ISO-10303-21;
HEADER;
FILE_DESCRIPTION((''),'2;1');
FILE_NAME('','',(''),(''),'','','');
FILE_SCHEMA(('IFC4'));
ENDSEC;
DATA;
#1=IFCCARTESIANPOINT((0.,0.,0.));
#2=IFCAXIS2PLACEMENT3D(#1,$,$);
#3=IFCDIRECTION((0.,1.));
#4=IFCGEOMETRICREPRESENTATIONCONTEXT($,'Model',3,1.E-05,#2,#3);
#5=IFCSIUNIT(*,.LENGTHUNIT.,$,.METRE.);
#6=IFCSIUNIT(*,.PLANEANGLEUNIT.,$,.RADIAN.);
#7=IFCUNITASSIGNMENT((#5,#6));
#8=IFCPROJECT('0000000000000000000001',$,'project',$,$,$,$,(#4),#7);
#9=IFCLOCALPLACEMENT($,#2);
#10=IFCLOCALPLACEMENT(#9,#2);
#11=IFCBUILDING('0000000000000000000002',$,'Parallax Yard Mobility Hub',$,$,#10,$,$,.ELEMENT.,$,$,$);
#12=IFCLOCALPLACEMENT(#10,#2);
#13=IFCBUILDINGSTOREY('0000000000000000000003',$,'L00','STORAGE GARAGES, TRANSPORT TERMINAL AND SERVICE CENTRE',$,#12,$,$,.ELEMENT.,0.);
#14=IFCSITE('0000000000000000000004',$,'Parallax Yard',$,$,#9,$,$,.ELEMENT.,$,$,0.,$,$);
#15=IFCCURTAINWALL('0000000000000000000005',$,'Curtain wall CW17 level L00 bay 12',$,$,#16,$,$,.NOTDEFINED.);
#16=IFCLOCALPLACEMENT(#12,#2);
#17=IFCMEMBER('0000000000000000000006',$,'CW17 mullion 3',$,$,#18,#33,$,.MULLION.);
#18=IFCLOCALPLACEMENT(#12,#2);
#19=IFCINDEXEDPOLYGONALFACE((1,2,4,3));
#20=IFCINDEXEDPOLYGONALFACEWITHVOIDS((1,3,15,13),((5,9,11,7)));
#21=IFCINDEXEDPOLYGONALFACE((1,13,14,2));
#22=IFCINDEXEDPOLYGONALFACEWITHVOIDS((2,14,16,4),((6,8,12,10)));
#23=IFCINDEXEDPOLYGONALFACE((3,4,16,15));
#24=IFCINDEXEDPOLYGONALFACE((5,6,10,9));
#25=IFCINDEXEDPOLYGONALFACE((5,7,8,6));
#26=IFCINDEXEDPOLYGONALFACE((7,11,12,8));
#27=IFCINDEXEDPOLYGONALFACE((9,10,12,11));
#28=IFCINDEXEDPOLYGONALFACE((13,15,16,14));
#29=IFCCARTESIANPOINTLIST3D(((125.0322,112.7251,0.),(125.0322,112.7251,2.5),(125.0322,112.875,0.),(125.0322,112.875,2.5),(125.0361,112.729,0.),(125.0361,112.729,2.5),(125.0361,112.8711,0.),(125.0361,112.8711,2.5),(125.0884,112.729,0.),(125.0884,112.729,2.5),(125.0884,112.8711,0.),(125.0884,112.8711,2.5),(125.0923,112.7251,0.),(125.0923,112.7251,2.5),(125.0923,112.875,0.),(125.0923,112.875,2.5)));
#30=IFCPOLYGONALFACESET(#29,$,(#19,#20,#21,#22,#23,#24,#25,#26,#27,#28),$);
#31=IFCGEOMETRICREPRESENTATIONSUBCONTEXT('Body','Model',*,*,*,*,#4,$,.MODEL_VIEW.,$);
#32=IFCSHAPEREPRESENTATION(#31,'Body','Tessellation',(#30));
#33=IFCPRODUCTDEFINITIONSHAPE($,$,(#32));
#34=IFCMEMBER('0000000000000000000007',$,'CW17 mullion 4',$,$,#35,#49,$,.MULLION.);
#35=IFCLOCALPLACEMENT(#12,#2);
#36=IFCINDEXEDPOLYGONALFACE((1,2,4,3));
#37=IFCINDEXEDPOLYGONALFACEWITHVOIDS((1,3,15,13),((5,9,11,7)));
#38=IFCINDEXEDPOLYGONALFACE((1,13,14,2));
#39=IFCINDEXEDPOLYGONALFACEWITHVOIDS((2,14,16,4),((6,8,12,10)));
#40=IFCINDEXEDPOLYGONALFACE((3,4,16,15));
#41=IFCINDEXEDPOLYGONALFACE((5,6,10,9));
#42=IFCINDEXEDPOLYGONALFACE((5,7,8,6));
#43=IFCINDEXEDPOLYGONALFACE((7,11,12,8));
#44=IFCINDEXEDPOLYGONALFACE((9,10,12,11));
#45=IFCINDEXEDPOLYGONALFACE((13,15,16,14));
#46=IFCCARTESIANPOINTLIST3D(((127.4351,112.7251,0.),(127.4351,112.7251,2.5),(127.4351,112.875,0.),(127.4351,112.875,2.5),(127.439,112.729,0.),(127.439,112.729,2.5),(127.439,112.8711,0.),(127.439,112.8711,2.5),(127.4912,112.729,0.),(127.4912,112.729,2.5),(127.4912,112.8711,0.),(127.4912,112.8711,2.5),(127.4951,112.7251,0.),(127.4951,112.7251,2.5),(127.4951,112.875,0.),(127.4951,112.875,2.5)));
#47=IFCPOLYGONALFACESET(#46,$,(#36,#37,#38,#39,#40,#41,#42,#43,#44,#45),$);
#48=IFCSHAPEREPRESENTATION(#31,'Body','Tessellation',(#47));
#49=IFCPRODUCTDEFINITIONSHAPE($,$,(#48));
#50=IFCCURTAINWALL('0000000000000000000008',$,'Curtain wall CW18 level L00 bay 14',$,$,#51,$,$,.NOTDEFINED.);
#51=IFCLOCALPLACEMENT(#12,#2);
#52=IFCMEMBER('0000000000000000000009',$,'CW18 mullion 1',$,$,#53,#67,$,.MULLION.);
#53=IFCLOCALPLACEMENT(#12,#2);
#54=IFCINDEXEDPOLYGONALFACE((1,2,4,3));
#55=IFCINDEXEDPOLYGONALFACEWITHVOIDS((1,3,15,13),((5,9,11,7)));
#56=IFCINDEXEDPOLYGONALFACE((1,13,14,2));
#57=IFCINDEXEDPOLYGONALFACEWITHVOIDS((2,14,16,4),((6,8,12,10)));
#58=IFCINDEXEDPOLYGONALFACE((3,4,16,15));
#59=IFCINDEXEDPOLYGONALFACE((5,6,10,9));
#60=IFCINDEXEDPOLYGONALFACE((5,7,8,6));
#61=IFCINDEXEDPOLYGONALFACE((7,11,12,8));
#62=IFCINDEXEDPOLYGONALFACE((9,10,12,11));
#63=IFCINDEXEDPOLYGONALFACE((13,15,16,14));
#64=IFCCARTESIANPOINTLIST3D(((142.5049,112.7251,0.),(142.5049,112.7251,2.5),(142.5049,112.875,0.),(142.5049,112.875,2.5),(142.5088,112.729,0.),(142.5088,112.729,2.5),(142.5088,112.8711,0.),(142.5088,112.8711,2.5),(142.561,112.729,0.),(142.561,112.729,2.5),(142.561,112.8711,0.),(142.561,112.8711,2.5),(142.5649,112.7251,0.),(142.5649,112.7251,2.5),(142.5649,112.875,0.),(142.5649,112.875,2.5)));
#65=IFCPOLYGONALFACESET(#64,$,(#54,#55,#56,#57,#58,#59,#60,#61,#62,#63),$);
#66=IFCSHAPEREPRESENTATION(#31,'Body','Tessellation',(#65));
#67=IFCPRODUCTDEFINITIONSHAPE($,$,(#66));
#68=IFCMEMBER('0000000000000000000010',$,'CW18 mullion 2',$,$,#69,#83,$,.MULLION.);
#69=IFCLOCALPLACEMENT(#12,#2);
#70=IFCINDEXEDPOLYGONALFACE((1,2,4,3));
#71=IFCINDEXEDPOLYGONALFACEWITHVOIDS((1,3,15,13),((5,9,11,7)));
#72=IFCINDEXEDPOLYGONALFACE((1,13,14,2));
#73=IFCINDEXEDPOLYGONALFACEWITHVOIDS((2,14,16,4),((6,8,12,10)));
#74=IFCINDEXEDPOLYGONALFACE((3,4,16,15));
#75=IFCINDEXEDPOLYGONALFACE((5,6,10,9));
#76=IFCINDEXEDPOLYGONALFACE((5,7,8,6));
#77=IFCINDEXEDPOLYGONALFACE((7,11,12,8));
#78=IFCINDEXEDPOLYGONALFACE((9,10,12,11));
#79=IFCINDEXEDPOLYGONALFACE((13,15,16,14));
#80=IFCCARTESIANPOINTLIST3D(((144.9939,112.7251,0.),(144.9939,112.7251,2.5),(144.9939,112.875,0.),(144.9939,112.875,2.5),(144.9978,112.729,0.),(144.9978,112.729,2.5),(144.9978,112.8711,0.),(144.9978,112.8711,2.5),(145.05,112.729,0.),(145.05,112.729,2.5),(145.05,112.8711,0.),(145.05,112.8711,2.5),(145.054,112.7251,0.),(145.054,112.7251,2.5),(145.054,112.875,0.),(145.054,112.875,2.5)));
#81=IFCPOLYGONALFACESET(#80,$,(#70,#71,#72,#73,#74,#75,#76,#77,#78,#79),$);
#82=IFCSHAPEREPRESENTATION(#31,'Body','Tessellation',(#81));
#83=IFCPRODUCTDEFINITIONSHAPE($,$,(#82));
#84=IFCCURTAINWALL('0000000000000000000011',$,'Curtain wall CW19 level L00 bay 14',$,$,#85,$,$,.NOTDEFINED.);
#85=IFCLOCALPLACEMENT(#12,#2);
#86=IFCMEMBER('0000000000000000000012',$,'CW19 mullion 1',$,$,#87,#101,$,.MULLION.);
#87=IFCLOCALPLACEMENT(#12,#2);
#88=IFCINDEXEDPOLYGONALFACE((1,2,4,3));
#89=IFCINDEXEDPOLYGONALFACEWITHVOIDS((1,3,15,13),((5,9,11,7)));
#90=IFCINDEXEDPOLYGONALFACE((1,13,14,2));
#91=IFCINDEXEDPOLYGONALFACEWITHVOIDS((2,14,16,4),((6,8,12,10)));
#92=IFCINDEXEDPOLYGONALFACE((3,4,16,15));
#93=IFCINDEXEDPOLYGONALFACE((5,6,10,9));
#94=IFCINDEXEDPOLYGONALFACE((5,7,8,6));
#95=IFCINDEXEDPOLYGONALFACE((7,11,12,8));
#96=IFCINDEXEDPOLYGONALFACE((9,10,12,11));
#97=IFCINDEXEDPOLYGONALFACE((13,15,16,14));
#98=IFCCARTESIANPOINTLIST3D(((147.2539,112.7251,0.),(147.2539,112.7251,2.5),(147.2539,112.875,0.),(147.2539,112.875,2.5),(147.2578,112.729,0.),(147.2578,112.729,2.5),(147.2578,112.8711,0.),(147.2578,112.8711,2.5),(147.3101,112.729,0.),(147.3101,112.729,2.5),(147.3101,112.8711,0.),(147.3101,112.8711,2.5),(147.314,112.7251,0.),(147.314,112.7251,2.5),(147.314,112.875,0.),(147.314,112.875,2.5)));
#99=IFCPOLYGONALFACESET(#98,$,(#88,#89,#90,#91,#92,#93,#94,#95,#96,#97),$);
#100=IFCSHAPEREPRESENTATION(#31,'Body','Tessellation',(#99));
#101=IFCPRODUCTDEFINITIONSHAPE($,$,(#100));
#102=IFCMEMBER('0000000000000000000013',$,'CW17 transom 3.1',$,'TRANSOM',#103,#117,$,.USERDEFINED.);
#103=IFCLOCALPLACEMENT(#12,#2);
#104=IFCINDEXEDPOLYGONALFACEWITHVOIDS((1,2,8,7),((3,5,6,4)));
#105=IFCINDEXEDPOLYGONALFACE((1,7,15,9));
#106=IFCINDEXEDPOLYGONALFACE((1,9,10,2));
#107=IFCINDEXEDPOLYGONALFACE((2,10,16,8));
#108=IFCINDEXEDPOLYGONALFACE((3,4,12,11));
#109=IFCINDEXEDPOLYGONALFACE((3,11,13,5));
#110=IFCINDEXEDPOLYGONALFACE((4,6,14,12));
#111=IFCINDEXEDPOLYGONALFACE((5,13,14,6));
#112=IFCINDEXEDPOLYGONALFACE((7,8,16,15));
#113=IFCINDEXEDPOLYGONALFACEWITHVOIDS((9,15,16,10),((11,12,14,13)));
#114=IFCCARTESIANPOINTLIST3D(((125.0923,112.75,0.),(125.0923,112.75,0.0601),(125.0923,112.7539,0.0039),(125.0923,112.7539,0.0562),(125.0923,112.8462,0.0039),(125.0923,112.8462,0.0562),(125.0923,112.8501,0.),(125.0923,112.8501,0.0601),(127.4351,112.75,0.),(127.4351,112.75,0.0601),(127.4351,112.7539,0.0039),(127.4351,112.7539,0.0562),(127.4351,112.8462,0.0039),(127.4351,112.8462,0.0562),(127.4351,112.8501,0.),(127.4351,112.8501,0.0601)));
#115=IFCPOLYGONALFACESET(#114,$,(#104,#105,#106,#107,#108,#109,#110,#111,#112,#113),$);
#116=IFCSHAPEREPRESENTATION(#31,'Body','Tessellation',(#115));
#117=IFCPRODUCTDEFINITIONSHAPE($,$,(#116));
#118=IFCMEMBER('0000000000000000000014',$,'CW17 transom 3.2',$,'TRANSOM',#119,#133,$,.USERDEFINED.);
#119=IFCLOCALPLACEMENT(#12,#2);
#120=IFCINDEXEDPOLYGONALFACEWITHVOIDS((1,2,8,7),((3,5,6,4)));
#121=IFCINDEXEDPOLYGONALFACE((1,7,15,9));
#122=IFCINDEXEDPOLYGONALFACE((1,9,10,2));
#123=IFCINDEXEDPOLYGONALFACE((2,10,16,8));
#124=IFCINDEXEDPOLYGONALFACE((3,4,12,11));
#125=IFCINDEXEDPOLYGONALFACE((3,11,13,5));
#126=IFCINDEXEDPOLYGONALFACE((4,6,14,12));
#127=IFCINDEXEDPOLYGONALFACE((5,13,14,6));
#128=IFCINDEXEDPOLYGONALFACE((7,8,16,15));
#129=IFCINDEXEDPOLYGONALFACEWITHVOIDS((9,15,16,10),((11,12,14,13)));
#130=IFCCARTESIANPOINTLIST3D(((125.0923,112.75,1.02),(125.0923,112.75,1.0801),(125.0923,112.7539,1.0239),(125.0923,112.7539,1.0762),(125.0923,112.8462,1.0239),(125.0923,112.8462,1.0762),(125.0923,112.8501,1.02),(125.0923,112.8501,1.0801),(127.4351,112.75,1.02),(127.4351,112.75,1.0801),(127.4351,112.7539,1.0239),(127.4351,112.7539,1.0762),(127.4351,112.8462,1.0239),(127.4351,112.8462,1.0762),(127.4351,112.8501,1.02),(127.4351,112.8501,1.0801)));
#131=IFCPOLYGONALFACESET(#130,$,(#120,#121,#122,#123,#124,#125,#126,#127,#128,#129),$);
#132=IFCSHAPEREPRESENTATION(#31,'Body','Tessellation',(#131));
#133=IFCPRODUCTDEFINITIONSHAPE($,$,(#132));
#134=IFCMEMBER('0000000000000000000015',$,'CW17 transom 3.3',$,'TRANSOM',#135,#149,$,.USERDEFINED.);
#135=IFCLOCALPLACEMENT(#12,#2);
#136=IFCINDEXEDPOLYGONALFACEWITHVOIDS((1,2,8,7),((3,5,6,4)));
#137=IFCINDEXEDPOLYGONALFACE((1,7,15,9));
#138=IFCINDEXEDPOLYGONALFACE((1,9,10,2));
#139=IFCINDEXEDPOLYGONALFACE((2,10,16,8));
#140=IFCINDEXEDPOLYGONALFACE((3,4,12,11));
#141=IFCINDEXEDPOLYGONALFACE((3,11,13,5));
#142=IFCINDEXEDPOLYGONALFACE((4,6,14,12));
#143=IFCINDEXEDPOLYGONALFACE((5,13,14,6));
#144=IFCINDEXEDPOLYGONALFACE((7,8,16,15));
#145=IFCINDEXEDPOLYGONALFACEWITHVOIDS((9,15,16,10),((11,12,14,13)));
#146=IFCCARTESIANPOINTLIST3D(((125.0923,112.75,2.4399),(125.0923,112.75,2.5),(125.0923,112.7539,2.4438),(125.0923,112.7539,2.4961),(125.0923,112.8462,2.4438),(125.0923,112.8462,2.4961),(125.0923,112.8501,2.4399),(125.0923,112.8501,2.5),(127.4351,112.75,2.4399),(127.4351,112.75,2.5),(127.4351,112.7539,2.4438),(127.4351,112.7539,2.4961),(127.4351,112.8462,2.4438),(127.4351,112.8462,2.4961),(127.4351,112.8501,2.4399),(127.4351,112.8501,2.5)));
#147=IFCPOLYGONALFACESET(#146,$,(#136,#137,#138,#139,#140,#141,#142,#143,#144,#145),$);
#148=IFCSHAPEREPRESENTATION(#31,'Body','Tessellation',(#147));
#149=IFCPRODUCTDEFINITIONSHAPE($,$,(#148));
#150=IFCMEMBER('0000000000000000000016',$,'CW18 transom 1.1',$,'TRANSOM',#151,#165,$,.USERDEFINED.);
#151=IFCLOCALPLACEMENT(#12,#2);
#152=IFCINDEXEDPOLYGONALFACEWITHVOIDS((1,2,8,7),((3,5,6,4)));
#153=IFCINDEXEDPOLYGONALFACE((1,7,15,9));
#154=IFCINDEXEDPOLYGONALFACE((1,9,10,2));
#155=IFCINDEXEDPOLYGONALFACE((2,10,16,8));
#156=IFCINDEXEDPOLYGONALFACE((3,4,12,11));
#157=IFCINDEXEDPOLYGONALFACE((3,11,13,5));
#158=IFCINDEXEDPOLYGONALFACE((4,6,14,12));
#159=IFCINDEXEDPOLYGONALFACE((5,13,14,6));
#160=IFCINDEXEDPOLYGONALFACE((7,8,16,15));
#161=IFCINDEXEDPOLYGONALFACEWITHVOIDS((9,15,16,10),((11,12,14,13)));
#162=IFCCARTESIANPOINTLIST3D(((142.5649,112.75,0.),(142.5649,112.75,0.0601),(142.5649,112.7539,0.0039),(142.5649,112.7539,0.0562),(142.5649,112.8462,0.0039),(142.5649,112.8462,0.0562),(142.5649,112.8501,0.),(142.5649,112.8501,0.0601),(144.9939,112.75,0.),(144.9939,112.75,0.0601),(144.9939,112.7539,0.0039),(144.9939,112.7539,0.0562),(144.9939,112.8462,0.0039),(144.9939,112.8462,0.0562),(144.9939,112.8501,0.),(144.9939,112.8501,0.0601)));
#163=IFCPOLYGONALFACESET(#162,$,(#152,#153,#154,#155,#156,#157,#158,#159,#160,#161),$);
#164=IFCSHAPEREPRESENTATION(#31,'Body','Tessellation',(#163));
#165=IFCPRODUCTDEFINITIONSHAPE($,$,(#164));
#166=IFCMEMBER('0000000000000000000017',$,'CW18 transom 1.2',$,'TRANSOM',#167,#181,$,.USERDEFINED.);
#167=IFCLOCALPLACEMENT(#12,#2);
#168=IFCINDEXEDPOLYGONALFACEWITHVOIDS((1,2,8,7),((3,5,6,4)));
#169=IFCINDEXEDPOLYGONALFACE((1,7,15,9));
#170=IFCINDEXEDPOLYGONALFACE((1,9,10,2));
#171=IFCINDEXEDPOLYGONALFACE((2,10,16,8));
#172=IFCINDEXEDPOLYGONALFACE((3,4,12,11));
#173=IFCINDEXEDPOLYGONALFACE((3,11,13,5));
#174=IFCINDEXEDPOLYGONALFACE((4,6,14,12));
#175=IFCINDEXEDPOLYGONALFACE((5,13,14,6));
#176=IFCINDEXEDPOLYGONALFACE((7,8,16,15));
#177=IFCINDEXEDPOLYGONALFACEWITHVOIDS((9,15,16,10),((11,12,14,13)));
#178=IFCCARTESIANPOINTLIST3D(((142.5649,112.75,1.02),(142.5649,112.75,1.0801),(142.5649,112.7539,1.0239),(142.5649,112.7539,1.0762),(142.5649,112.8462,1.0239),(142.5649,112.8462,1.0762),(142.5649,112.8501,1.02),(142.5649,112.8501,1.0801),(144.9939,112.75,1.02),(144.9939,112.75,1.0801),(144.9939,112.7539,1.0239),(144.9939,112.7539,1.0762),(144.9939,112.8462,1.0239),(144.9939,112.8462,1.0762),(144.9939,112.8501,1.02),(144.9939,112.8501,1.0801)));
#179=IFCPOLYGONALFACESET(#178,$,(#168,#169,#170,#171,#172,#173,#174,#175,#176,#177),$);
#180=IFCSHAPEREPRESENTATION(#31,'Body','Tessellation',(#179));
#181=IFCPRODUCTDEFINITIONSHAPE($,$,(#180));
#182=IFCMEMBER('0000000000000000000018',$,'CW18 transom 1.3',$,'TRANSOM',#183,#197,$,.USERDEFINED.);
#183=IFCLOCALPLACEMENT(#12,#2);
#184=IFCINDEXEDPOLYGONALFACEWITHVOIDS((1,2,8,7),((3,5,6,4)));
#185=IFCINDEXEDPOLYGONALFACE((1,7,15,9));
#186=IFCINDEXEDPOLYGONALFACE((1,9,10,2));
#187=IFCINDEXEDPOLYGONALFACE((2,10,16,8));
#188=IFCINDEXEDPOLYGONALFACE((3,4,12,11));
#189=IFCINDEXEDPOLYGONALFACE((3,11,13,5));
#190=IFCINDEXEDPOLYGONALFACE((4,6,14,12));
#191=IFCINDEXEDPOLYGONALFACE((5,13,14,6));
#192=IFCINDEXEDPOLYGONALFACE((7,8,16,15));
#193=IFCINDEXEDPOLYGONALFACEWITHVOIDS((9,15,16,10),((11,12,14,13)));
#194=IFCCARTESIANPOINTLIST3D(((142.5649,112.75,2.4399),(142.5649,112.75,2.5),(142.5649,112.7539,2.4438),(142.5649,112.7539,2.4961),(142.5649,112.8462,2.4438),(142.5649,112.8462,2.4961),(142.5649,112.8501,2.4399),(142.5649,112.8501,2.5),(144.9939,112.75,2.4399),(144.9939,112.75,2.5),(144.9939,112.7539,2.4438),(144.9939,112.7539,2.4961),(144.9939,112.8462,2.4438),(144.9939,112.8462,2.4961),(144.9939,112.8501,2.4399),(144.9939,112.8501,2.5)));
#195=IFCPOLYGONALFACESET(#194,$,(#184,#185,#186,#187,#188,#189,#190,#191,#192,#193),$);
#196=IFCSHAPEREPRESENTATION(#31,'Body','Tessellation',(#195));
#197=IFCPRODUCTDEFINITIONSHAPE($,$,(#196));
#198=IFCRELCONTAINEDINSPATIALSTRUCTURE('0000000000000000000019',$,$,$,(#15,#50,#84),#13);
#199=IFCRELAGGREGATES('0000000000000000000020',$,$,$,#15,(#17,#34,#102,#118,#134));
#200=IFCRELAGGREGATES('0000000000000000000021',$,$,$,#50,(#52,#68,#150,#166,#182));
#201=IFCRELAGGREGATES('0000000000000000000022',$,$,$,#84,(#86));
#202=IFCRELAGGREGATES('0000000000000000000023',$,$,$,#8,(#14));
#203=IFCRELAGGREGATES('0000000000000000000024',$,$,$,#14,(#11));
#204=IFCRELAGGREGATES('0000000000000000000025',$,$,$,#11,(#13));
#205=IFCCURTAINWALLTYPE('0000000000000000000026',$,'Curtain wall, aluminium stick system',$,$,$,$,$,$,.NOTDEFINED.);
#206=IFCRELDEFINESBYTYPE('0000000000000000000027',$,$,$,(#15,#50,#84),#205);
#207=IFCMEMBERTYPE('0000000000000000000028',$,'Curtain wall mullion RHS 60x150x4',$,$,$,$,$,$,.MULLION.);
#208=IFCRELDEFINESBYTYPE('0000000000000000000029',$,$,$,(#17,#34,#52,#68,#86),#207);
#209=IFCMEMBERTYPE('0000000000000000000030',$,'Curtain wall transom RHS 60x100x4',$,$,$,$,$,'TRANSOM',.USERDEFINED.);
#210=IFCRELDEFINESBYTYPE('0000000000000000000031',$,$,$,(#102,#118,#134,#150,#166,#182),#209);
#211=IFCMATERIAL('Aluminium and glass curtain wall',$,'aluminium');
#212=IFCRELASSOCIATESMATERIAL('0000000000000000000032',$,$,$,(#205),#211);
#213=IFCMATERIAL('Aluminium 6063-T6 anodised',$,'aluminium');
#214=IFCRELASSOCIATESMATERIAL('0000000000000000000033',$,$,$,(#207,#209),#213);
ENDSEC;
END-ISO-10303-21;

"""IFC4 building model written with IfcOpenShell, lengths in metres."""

from ifc_helpers import new_model, si_unit, direction, frame, origin, origin_2d, place, context, subcontext, project, spatial, hollow_rectangle, extrude, material, material_profile, profile_set, type_object, element, aggregate, save


model = new_model("IFC4")

# Units and contexts
model_context = context("Model", 3, precision=1e-05, world=origin(), true_north=direction((0.0, 1.0)))
body_context = subcontext(model_context, "Body", "Model", "MODEL_VIEW")
ifc_project = project(units=[si_unit("LENGTHUNIT", "METRE"), si_unit("PLANEANGLEUNIT", "RADIAN")], contexts=[model_context])

# Site, building, storey
site_placement = place(None, origin())
site = spatial("IfcSite", under=ifc_project, at=site_placement, Name="Parallax Yard", CompositionType="ELEMENT", RefElevation=0.0)
building_placement = place(site_placement, origin())
building = spatial("IfcBuilding", under=site, at=building_placement, Name="Parallax Yard Mobility Hub", CompositionType="ELEMENT")
storey_placement = place(building_placement, origin())
storey = spatial("IfcBuildingStorey", under=building, at=storey_placement, Name="L00", Description="STORAGE GARAGES, TRANSPORT TERMINAL AND SERVICE CENTRE", CompositionType="ELEMENT", Elevation=0.0)

# Curtain walls, members
ifc_material_1 = material(Name="Aluminium and glass curtain wall", Category="aluminium")
curtain_wall_type = type_object("IfcCurtainWallType", Name="Curtain wall, aluminium stick system", PredefinedType="NOTDEFINED", material=ifc_material_1)
curtain_wall_1_placement = place(storey_placement, origin())
curtain_wall_1 = element("IfcCurtainWall", 1, at=curtain_wall_1_placement, inside=storey, type_object=curtain_wall_type, Name="Curtain wall CW17 level L00 bay 12", PredefinedType="NOTDEFINED")
ifc_material_2 = material(Name="Aluminium 6063-T6 anodised", Category="aluminium")
ifc_material_profile_1 = material_profile(ifc_material_2, hollow_rectangle(XDim=0.1499, YDim=0.0601, WallThickness=0.0039, at=origin_2d()), Name="RHS 60x150x4")
ifc_profile_set_1 = profile_set([ifc_material_profile_1], Name="Aluminium 6063-T6 anodised")
member_type_1 = type_object("IfcMemberType", Name="Curtain wall mullion RHS 60x150x4", PredefinedType="MULLION", material=ifc_profile_set_1)
member_1_placement = place(storey_placement, frame((125.0623, 112.8, 0.0), z_axis=(0.0, 0.0, 1.0), x_axis=(0.0, 1.0, 0.0)))
member_1 = element("IfcMember", 2, at=member_1_placement, type_object=member_type_1, Name="CW17 mullion 3", PredefinedType="MULLION", context=body_context, shape_type="SweptSolid", body=[
    extrude(hollow_rectangle(XDim=0.1499, YDim=0.0601, WallThickness=0.0039, at=origin_2d()), origin(), (0.0, 0.0, 1.0), 2.5),
])
member_2_placement = place(storey_placement, frame((127.4651, 112.8, 0.0), z_axis=(0.0, 0.0, 1.0), x_axis=(0.0, 1.0, 0.0)))
member_2 = element("IfcMember", 3, at=member_2_placement, type_object=member_type_1, Name="CW17 mullion 4", PredefinedType="MULLION", context=body_context, shape_type="SweptSolid", body=[
    extrude(hollow_rectangle(XDim=0.1499, YDim=0.0601, WallThickness=0.0039, at=origin_2d()), origin(), (0.0, 0.0, 1.0), 2.5),
])
curtain_wall_2_placement = place(storey_placement, origin())
curtain_wall_2 = element("IfcCurtainWall", 4, at=curtain_wall_2_placement, inside=storey, type_object=curtain_wall_type, Name="Curtain wall CW18 level L00 bay 14", PredefinedType="NOTDEFINED")
member_3_placement = place(storey_placement, frame((142.5349, 112.8, 0.0), z_axis=(0.0, 0.0, 1.0), x_axis=(0.0, 1.0, 0.0)))
member_3 = element("IfcMember", 5, at=member_3_placement, type_object=member_type_1, Name="CW18 mullion 1", PredefinedType="MULLION", context=body_context, shape_type="SweptSolid", body=[
    extrude(hollow_rectangle(XDim=0.1499, YDim=0.0601, WallThickness=0.0039, at=origin_2d()), origin(), (0.0, 0.0, 1.0), 2.5),
])
member_4_placement = place(storey_placement, frame((145.0239, 112.8, 0.0), z_axis=(0.0, 0.0, 1.0), x_axis=(0.0, 1.0, 0.0)))
member_4 = element("IfcMember", 6, at=member_4_placement, type_object=member_type_1, Name="CW18 mullion 2", PredefinedType="MULLION", context=body_context, shape_type="SweptSolid", body=[
    extrude(hollow_rectangle(XDim=0.1499, YDim=0.0601, WallThickness=0.0039, at=origin_2d()), origin(), (0.0, 0.0, 1.0), 2.5),
])

# Curtain wall, member
curtain_wall_3_placement = place(storey_placement, origin())
curtain_wall_3 = element("IfcCurtainWall", 7, at=curtain_wall_3_placement, inside=storey, type_object=curtain_wall_type, Name="Curtain wall CW19 level L00 bay 14", PredefinedType="NOTDEFINED")
member_5_placement = place(storey_placement, frame((147.2839, 112.8, 0.0), z_axis=(0.0, 0.0, 1.0), x_axis=(0.0, 1.0, 0.0)))
member_5 = element("IfcMember", 8, at=member_5_placement, type_object=member_type_1, Name="CW19 mullion 1", PredefinedType="MULLION", context=body_context, shape_type="SweptSolid", body=[
    extrude(hollow_rectangle(XDim=0.1499, YDim=0.0601, WallThickness=0.0039, at=origin_2d()), origin(), (0.0, 0.0, 1.0), 2.5),
])

# Members
ifc_material_profile_2 = material_profile(ifc_material_2, hollow_rectangle(XDim=0.1001, YDim=0.0601, WallThickness=0.0039, at=origin_2d()), Name="RHS 60x100x4")
ifc_profile_set_2 = profile_set([ifc_material_profile_2], Name="Aluminium 6063-T6 anodised")
member_type_2 = type_object("IfcMemberType", Name="Curtain wall transom RHS 60x100x4", ElementType="TRANSOM", PredefinedType="USERDEFINED", material=ifc_profile_set_2)
member_6_placement = place(storey_placement, frame((125.0923, 112.8, 0.03), z_axis=(1.0, 0.0, 0.0), x_axis=(0.0, 1.0, 0.0)))
member_6 = element("IfcMember", 9, at=member_6_placement, type_object=member_type_2, Name="CW17 transom 3.1", ObjectType="TRANSOM", PredefinedType="USERDEFINED", context=body_context, shape_type="SweptSolid", body=[
    extrude(hollow_rectangle(XDim=0.1001, YDim=0.0601, WallThickness=0.0039, at=origin_2d()), origin(), (0.0, 0.0, 1.0), 2.3428),
])
member_7_placement = place(storey_placement, frame((125.0923, 112.8, 1.05), z_axis=(1.0, 0.0, 0.0), x_axis=(0.0, 1.0, 0.0)))
member_7 = element("IfcMember", 10, at=member_7_placement, type_object=member_type_2, Name="CW17 transom 3.2", ObjectType="TRANSOM", PredefinedType="USERDEFINED", context=body_context, shape_type="SweptSolid", body=[
    extrude(hollow_rectangle(XDim=0.1001, YDim=0.0601, WallThickness=0.0039, at=origin_2d()), origin(), (0.0, 0.0, 1.0), 2.3428),
])
member_8_placement = place(storey_placement, frame((125.0923, 112.8, 2.47), z_axis=(1.0, 0.0, 0.0), x_axis=(0.0, 1.0, 0.0)))
member_8 = element("IfcMember", 11, at=member_8_placement, type_object=member_type_2, Name="CW17 transom 3.3", ObjectType="TRANSOM", PredefinedType="USERDEFINED", context=body_context, shape_type="SweptSolid", body=[
    extrude(hollow_rectangle(XDim=0.1001, YDim=0.0601, WallThickness=0.0039, at=origin_2d()), origin(), (0.0, 0.0, 1.0), 2.3428),
])
member_9_placement = place(storey_placement, frame((142.5649, 112.8, 0.03), z_axis=(1.0, 0.0, 0.0), x_axis=(0.0, 1.0, 0.0)))
member_9 = element("IfcMember", 12, at=member_9_placement, type_object=member_type_2, Name="CW18 transom 1.1", ObjectType="TRANSOM", PredefinedType="USERDEFINED", context=body_context, shape_type="SweptSolid", body=[
    extrude(hollow_rectangle(XDim=0.1001, YDim=0.0601, WallThickness=0.0039, at=origin_2d()), origin(), (0.0, 0.0, 1.0), 2.429),
])
member_10_placement = place(storey_placement, frame((142.5649, 112.8, 1.05), z_axis=(1.0, 0.0, 0.0), x_axis=(0.0, 1.0, 0.0)))
member_10 = element("IfcMember", 13, at=member_10_placement, type_object=member_type_2, Name="CW18 transom 1.2", ObjectType="TRANSOM", PredefinedType="USERDEFINED", context=body_context, shape_type="SweptSolid", body=[
    extrude(hollow_rectangle(XDim=0.1001, YDim=0.0601, WallThickness=0.0039, at=origin_2d()), origin(), (0.0, 0.0, 1.0), 2.429),
])
member_11_placement = place(storey_placement, frame((142.5649, 112.8, 2.47), z_axis=(1.0, 0.0, 0.0), x_axis=(0.0, 1.0, 0.0)))
member_11 = element("IfcMember", 14, at=member_11_placement, type_object=member_type_2, Name="CW18 transom 1.3", ObjectType="TRANSOM", PredefinedType="USERDEFINED", context=body_context, shape_type="SweptSolid", body=[
    extrude(hollow_rectangle(XDim=0.1001, YDim=0.0601, WallThickness=0.0039, at=origin_2d()), origin(), (0.0, 0.0, 1.0), 2.429),
])

aggregate(curtain_wall_1, [member_1, member_2, member_6, member_7, member_8])
aggregate(curtain_wall_2, [member_3, member_4, member_9, member_10, member_11])
aggregate(curtain_wall_3, [member_5])

save(model, "model.ifc")
